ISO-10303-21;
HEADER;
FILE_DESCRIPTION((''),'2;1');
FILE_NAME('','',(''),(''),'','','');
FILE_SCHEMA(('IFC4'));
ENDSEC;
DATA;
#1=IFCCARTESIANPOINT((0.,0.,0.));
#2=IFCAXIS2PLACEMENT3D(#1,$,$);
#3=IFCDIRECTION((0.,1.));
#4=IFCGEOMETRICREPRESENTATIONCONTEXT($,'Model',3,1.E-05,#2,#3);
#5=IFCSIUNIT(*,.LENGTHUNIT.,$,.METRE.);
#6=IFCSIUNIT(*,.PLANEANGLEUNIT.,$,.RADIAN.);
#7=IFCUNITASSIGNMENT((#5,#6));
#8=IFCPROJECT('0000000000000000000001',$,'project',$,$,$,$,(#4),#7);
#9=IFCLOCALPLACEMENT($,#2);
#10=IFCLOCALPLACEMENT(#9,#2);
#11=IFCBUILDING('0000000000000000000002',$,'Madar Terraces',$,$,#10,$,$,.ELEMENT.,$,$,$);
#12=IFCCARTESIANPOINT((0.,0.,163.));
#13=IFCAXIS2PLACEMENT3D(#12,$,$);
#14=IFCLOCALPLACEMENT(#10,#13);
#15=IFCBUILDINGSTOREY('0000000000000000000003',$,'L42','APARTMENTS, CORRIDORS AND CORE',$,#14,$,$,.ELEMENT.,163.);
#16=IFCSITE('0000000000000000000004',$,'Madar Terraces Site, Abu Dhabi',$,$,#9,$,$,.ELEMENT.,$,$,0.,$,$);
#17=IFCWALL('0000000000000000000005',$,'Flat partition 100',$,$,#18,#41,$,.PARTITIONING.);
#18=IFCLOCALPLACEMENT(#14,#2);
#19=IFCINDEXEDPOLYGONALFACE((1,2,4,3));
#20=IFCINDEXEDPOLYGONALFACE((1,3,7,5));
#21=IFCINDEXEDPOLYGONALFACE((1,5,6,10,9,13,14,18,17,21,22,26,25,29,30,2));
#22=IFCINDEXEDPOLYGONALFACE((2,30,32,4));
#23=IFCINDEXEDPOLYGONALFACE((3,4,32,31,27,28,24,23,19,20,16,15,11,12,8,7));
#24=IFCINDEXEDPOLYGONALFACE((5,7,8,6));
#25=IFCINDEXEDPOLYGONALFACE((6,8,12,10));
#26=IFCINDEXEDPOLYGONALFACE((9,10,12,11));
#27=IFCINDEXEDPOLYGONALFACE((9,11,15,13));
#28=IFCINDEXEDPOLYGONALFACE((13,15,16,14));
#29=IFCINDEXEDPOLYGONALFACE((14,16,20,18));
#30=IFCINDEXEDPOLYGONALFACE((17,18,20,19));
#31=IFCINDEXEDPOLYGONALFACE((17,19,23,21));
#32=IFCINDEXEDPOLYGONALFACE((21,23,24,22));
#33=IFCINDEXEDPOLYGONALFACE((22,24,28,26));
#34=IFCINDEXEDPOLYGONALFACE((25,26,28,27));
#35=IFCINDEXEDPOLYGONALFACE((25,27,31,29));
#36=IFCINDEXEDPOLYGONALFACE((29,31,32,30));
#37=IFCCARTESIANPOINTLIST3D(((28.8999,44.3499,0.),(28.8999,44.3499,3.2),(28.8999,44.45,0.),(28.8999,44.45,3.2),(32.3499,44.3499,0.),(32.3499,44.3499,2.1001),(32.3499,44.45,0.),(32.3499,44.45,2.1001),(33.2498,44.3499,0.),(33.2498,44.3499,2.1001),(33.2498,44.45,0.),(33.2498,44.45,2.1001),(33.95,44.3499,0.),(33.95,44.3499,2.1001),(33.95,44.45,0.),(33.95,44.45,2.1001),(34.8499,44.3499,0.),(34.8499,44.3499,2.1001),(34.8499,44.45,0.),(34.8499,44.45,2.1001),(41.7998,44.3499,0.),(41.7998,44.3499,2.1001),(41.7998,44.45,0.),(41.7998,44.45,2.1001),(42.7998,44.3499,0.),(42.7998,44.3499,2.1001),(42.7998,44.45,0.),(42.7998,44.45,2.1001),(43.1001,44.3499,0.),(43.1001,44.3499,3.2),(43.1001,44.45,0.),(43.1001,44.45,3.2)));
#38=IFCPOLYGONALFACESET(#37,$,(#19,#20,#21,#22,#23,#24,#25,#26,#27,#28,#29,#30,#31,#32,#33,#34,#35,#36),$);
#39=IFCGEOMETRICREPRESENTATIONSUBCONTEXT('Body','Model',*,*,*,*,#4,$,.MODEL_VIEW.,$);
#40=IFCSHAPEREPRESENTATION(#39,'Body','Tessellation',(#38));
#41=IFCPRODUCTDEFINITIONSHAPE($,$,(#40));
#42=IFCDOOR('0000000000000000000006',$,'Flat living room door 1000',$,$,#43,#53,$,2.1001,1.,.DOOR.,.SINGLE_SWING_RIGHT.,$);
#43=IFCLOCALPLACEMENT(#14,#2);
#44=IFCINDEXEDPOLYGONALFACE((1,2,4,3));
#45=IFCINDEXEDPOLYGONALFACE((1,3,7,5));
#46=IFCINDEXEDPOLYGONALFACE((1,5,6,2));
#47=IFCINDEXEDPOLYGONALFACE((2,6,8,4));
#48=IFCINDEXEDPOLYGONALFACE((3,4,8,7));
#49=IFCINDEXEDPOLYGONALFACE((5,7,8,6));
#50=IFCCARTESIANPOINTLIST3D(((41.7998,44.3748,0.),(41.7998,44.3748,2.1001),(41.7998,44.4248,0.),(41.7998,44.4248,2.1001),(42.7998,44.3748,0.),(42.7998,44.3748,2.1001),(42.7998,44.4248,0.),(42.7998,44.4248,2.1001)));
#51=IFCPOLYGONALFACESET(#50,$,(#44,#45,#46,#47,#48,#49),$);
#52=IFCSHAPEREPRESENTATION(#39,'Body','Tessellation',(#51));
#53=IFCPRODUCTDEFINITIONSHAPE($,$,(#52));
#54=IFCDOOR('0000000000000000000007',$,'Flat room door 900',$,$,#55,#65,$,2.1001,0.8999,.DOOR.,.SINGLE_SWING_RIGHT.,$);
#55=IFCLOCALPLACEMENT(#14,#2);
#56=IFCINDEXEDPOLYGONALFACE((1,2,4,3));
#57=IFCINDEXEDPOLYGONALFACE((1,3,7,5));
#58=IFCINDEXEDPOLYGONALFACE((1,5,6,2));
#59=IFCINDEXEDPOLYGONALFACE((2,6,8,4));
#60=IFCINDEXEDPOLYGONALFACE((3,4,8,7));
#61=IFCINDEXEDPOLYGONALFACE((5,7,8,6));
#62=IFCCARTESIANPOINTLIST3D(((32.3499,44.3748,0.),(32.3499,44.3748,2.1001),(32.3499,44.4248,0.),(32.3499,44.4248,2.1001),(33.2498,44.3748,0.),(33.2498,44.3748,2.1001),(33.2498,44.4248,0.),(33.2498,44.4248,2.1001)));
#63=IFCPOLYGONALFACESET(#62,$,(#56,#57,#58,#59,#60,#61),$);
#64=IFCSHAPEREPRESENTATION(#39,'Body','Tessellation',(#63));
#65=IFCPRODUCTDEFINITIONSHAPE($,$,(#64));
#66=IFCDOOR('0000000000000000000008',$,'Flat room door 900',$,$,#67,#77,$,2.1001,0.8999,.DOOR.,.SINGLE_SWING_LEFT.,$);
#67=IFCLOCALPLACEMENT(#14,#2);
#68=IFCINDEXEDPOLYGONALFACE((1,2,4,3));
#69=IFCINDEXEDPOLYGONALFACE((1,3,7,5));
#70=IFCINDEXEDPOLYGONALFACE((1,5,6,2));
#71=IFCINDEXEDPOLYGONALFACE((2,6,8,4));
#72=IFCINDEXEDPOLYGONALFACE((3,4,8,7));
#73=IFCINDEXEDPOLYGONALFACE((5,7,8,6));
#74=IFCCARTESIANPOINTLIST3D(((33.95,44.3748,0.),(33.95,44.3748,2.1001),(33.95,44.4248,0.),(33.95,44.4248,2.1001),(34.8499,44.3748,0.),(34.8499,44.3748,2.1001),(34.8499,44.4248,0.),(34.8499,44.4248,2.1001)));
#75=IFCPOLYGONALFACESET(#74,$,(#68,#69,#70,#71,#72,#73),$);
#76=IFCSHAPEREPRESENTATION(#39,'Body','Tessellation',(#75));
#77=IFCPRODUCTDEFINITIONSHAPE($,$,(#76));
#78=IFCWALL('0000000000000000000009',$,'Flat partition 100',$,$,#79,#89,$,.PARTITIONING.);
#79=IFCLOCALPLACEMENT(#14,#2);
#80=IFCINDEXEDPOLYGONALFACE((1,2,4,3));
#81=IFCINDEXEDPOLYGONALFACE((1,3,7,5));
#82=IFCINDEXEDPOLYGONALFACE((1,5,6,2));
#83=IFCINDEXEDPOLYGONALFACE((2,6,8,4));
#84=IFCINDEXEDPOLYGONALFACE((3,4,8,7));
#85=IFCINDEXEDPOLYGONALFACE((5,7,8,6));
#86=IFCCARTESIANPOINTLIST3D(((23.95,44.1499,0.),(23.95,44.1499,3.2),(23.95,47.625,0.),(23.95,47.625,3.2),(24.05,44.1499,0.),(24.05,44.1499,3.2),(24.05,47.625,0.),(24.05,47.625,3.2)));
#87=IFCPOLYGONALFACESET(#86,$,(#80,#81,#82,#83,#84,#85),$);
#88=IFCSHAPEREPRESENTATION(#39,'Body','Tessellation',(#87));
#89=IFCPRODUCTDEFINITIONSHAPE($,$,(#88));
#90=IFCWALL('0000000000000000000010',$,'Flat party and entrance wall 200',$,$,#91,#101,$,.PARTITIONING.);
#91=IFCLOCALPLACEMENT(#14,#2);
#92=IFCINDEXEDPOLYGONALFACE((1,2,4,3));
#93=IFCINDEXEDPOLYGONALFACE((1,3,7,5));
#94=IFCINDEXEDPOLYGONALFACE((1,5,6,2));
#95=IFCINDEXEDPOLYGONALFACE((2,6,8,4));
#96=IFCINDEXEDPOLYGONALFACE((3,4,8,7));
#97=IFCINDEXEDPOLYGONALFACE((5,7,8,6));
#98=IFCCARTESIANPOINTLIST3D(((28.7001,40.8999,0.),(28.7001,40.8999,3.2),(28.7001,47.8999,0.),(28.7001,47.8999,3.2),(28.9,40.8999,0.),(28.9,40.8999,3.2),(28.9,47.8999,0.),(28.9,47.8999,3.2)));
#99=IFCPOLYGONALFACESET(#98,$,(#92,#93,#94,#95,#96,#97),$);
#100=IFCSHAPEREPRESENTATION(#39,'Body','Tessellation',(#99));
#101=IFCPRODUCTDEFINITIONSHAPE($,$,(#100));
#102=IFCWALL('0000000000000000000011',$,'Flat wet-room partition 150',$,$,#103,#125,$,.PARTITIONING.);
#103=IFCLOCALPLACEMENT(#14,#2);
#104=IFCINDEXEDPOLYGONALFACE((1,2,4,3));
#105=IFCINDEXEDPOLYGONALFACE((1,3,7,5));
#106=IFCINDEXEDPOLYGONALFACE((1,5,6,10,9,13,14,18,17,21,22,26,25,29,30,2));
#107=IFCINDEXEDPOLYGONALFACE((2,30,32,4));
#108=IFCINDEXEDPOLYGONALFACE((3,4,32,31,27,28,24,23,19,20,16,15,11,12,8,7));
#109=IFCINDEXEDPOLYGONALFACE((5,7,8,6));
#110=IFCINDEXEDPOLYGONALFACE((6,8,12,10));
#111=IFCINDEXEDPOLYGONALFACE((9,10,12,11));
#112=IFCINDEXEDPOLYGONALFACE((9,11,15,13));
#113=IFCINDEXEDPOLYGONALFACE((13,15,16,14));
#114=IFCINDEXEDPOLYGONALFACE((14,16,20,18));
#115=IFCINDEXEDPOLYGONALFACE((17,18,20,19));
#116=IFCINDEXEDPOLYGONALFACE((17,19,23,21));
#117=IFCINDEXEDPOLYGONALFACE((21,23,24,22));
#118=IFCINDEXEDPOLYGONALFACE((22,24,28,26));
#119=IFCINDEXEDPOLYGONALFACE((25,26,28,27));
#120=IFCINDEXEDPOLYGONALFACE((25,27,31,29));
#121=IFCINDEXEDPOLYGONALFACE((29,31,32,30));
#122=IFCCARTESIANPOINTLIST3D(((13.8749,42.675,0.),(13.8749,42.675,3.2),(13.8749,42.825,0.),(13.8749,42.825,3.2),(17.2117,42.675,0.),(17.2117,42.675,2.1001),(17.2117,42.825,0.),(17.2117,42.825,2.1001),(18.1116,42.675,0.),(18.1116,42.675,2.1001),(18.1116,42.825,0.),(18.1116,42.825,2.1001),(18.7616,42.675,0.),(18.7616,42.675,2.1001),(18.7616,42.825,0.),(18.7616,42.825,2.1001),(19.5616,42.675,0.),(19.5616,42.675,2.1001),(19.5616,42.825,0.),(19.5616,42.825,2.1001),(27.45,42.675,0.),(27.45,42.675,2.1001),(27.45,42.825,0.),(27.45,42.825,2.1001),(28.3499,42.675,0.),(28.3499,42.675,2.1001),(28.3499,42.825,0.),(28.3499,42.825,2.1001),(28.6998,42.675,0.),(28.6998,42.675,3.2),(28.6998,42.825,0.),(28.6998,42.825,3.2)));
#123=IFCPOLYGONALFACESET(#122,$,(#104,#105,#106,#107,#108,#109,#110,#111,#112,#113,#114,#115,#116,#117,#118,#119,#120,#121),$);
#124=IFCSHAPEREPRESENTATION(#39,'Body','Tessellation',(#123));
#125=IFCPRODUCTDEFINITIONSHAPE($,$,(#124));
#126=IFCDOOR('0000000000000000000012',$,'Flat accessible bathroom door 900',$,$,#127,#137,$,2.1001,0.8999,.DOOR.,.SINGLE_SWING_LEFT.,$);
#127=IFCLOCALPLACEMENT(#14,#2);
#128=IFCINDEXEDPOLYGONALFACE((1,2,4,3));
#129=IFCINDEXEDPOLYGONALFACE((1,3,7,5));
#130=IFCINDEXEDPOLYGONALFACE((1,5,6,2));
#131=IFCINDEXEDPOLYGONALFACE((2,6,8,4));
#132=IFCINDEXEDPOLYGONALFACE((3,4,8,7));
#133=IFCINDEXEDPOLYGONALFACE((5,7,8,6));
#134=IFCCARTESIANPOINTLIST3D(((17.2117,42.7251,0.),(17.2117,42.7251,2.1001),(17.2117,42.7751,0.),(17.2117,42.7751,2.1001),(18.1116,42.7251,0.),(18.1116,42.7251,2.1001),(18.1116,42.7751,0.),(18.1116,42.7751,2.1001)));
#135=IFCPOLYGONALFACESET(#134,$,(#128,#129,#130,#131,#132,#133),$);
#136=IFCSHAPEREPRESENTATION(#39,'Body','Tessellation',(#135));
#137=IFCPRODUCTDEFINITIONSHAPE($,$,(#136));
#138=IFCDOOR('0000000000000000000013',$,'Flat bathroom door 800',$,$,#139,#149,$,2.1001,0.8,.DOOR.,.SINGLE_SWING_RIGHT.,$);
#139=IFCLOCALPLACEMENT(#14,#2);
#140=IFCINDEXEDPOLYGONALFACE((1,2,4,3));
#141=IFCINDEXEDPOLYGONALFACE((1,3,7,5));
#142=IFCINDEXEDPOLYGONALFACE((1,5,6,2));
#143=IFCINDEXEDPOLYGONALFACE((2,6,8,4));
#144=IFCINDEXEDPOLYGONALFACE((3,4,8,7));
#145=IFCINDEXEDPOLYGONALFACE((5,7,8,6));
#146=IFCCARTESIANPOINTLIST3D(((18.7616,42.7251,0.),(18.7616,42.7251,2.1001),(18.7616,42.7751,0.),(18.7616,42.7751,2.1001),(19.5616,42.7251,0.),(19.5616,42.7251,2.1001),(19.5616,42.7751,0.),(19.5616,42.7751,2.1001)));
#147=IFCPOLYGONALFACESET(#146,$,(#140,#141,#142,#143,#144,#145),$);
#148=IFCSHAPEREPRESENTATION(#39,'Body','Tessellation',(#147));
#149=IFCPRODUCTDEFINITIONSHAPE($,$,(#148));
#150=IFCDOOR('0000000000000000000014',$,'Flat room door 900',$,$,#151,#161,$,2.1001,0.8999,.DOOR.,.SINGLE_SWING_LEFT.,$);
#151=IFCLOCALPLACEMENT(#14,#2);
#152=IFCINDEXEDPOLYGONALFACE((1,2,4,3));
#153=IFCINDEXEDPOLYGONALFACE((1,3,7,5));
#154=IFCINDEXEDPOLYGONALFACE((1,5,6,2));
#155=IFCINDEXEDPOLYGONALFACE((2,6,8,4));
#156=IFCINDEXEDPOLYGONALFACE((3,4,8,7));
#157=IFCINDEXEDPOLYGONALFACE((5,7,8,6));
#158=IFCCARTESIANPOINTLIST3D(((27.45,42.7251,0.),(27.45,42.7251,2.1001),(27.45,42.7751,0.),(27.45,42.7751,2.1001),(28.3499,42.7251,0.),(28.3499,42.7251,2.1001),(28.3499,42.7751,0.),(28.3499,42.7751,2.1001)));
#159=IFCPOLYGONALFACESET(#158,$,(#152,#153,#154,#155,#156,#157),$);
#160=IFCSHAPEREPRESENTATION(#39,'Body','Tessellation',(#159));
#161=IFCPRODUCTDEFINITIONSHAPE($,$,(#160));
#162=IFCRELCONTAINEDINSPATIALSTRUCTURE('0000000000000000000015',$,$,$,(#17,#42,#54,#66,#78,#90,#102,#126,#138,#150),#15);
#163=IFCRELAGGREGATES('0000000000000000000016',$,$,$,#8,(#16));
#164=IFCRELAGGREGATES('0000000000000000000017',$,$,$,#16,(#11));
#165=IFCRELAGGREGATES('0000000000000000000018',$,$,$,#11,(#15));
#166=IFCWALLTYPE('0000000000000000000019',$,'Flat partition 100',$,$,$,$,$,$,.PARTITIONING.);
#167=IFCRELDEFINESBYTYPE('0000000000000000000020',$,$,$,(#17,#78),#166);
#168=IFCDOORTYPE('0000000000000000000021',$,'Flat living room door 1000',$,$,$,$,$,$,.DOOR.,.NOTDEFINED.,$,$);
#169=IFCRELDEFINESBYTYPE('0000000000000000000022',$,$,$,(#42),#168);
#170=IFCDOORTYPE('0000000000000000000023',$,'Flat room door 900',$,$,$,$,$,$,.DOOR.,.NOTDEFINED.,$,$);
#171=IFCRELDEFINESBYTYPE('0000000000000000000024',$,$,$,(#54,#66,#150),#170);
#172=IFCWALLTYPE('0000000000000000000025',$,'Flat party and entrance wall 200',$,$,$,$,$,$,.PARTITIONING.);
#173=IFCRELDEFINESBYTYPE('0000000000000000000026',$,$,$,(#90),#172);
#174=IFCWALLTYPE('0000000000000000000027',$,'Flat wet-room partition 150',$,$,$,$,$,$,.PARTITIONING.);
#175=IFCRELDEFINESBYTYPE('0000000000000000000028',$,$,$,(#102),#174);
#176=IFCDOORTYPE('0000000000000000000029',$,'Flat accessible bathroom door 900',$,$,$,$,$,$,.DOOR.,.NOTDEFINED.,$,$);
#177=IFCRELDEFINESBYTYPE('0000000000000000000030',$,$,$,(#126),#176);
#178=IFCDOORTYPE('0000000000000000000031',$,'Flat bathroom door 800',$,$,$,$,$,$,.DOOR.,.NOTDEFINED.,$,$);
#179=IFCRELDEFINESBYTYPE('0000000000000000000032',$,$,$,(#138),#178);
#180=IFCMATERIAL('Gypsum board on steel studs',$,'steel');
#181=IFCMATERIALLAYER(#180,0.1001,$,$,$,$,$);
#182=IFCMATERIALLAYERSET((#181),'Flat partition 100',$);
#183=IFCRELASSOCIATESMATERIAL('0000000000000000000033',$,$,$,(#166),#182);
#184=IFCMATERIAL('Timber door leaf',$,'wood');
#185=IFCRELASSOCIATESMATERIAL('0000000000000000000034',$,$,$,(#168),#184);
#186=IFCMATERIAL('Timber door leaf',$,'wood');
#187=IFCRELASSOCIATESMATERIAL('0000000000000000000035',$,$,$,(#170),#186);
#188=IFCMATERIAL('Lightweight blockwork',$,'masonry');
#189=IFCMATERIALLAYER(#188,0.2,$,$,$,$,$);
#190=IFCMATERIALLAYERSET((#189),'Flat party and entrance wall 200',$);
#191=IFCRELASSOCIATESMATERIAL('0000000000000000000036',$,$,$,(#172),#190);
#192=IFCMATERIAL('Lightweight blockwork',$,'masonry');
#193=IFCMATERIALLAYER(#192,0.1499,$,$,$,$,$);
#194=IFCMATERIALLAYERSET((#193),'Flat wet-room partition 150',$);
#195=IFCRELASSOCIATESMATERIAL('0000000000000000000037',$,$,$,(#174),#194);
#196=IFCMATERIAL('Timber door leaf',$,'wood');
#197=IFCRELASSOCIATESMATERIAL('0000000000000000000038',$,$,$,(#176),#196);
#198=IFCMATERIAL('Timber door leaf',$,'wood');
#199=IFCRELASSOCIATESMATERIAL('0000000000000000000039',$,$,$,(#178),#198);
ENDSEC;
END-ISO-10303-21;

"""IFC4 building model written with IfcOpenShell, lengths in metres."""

from ifc_helpers import new_model, si_unit, direction, frame, frame_2d, origin, place, context, subcontext, project, spatial, rectangle, extrude, material, layer, layer_set, type_object, element, fill, save


model = new_model("IFC4")

# Units and contexts
model_context = context("Model", 3, precision=1e-05, world=origin(), true_north=direction((0.0, 1.0)))
body_context = subcontext(model_context, "Body", "Model", "MODEL_VIEW")
ifc_project = project(units=[si_unit("LENGTHUNIT", "METRE"), si_unit("PLANEANGLEUNIT", "RADIAN")], contexts=[model_context])

# Site, building, storey
site_placement = place(None, origin())
site = spatial("IfcSite", under=ifc_project, at=site_placement, Name="Madar Terraces Site, Abu Dhabi", CompositionType="ELEMENT", RefElevation=0.0)
building_placement = place(site_placement, origin())
building = spatial("IfcBuilding", under=site, at=building_placement, Name="Madar Terraces", CompositionType="ELEMENT")
storey_placement = place(building_placement, frame((0.0, 0.0, 163.0)))
storey = spatial("IfcBuildingStorey", under=building, at=storey_placement, Name="L42", Description="APARTMENTS, CORRIDORS AND CORE", CompositionType="ELEMENT", Elevation=163.0)

# Wall, openings, doors
ifc_material_1 = material(Name="Gypsum board on steel studs", Category="steel")
ifc_layer_1 = layer(ifc_material_1, 0.1001)
ifc_layer_set_1 = layer_set([ifc_layer_1], Name="Flat partition 100")
wall_type_1 = type_object("IfcWallType", Name="Flat partition 100", PredefinedType="PARTITIONING", material=ifc_layer_set_1)
wall_1_placement = place(storey_placement, frame((28.8999, 44.3999, 0.0), z_axis=(0.0, 0.0, 1.0), x_axis=(1.0, 0.0, 0.0)))
wall_1 = element("IfcWall", 1, at=wall_1_placement, inside=storey, type_object=wall_type_1, Name="Flat partition 100", PredefinedType="PARTITIONING", context=body_context, shape_type="SweptSolid", body=[
    extrude(rectangle(XDim=14.2002, YDim=0.1001, at=frame_2d((7.1001, 0.0))), origin(), (0.0, 0.0, 1.0), 3.2),
])
opening_1_placement = place(wall_1_placement, frame((3.45, 0.0, 0.0)))
opening_1 = element("IfcOpeningElement", 2, at=opening_1_placement, cuts=wall_1, PredefinedType="OPENING", context=body_context, shape_type="SweptSolid", body=[
    extrude(rectangle(XDim=0.8999, YDim=2.1001, at=frame_2d((0.45, 1.05))), frame((0.0, 0.0601, 0.0), z_axis=(0.0, -1.0, 0.0), x_axis=(1.0, 0.0, 0.0)), (0.0, 0.0, 1.0), 0.1201),
])
opening_2_placement = place(wall_1_placement, frame((5.05, 0.0, 0.0)))
opening_2 = element("IfcOpeningElement", 3, at=opening_2_placement, cuts=wall_1, PredefinedType="OPENING", context=body_context, shape_type="SweptSolid", body=[
    extrude(rectangle(XDim=0.8999, YDim=2.1001, at=frame_2d((0.45, 1.05))), frame((0.0, 0.0601, 0.0), z_axis=(0.0, -1.0, 0.0), x_axis=(1.0, 0.0, 0.0)), (0.0, 0.0, 1.0), 0.1201),
])
opening_3_placement = place(wall_1_placement, frame((12.8999, 0.0, 0.0)))
opening_3 = element("IfcOpeningElement", 4, at=opening_3_placement, cuts=wall_1, PredefinedType="OPENING", context=body_context, shape_type="SweptSolid", body=[
    extrude(rectangle(XDim=1.0, YDim=2.1001, at=frame_2d((0.5, 1.05))), frame((0.0, 0.0601, 0.0), z_axis=(0.0, -1.0, 0.0), x_axis=(1.0, 0.0, 0.0)), (0.0, 0.0, 1.0), 0.1201),
])
ifc_material_2 = material(Name="Timber door leaf", Category="wood")
door_type_1 = type_object("IfcDoorType", Name="Flat living room door 1000", OperationType="NOTDEFINED", PredefinedType="DOOR", material=ifc_material_2)
door_1_placement = place(opening_3_placement, origin())
door_1 = element("IfcDoor", 5, at=door_1_placement, inside=storey, type_object=door_type_1, Name="Flat living room door 1000", OperationType="SINGLE_SWING_RIGHT", OverallHeight=2.1001, OverallWidth=1.0, PredefinedType="DOOR", context=body_context, shape_type="SweptSolid", body=[
    extrude(rectangle(XDim=1.0, YDim=2.1001, at=frame_2d((0.5, 1.05))), frame((0.0, 0.0249, 0.0), z_axis=(0.0, -1.0, 0.0), x_axis=(1.0, 0.0, 0.0)), (0.0, 0.0, 1.0), 0.05),
])
fill(opening_3, door_1)
ifc_material_3 = material(Name="Timber door leaf", Category="wood")
door_type_2 = type_object("IfcDoorType", Name="Flat room door 900", OperationType="NOTDEFINED", PredefinedType="DOOR", material=ifc_material_3)
door_2_placement = place(opening_1_placement, origin())
door_2 = element("IfcDoor", 6, at=door_2_placement, inside=storey, type_object=door_type_2, Name="Flat room door 900", OperationType="SINGLE_SWING_RIGHT", OverallHeight=2.1001, OverallWidth=0.8999, PredefinedType="DOOR", context=body_context, shape_type="SweptSolid", body=[
    extrude(rectangle(XDim=0.8999, YDim=2.1001, at=frame_2d((0.45, 1.05))), frame((0.0, 0.0249, 0.0), z_axis=(0.0, -1.0, 0.0), x_axis=(1.0, 0.0, 0.0)), (0.0, 0.0, 1.0), 0.05),
])
fill(opening_1, door_2)
door_3_placement = place(opening_2_placement, origin())
door_3 = element("IfcDoor", 7, at=door_3_placement, inside=storey, type_object=door_type_2, Name="Flat room door 900", OperationType="SINGLE_SWING_LEFT", OverallHeight=2.1001, OverallWidth=0.8999, PredefinedType="DOOR", context=body_context, shape_type="SweptSolid", body=[
    extrude(rectangle(XDim=0.8999, YDim=2.1001, at=frame_2d((0.45, 1.05))), frame((0.0, 0.0249, 0.0), z_axis=(0.0, -1.0, 0.0), x_axis=(1.0, 0.0, 0.0)), (0.0, 0.0, 1.0), 0.05),
])
fill(opening_2, door_3)

# Walls
wall_2_placement = place(storey_placement, frame((24.0, 44.1499, 0.0), z_axis=(0.0, 0.0, 1.0), x_axis=(0.0, 1.0, 0.0)))
element("IfcWall", 8, at=wall_2_placement, inside=storey, type_object=wall_type_1, Name="Flat partition 100", PredefinedType="PARTITIONING", context=body_context, shape_type="SweptSolid", body=[
    extrude(rectangle(XDim=3.4751, YDim=0.1001, at=frame_2d((1.7375, 0.0))), origin(), (0.0, 0.0, 1.0), 3.2),
])
ifc_material_4 = material(Name="Lightweight blockwork", Category="masonry")
ifc_layer_2 = layer(ifc_material_4, 0.2)
ifc_layer_set_2 = layer_set([ifc_layer_2], Name="Flat party and entrance wall 200")
wall_type_2 = type_object("IfcWallType", Name="Flat party and entrance wall 200", PredefinedType="PARTITIONING", material=ifc_layer_set_2)
wall_3_placement = place(storey_placement, frame((28.8, 47.8999, 0.0), z_axis=(0.0, 0.0, 1.0), x_axis=(0.0, -1.0, 0.0)))
element("IfcWall", 9, at=wall_3_placement, inside=storey, type_object=wall_type_2, Name="Flat party and entrance wall 200", PredefinedType="PARTITIONING", context=body_context, shape_type="SweptSolid", body=[
    extrude(rectangle(XDim=7.0, YDim=0.2, at=frame_2d((3.5, 0.0))), origin(), (0.0, 0.0, 1.0), 3.2),
])

# Wall, openings, doors
ifc_material_5 = material(Name="Lightweight blockwork", Category="masonry")
ifc_layer_3 = layer(ifc_material_5, 0.1499)
ifc_layer_set_3 = layer_set([ifc_layer_3], Name="Flat wet-room partition 150")
wall_type_3 = type_object("IfcWallType", Name="Flat wet-room partition 150", PredefinedType="PARTITIONING", material=ifc_layer_set_3)
wall_4_placement = place(storey_placement, frame((28.7, 42.75, 0.0), z_axis=(0.0, 0.0, 1.0), x_axis=(-1.0, 0.0, 0.0)))
wall_4 = element("IfcWall", 10, at=wall_4_placement, inside=storey, type_object=wall_type_3, Name="Flat wet-room partition 150", PredefinedType="PARTITIONING", context=body_context, shape_type="SweptSolid", body=[
    extrude(rectangle(XDim=14.825, YDim=0.1499, at=frame_2d((7.4126, 0.0))), origin(), (0.0, 0.0, 1.0), 3.2),
])
opening_4_placement = place(wall_4_placement, frame((10.5884, 0.0, 0.0)))
opening_4 = element("IfcOpeningElement", 11, at=opening_4_placement, cuts=wall_4, PredefinedType="OPENING", context=body_context, shape_type="SweptSolid", body=[
    extrude(rectangle(XDim=0.8999, YDim=2.1001, at=frame_2d((0.45, 1.05))), frame((0.0, 0.085, 0.0), z_axis=(0.0, -1.0, 0.0), x_axis=(1.0, 0.0, 0.0)), (0.0, 0.0, 1.0), 0.1699),
])
opening_5_placement = place(wall_4_placement, frame((9.1384, 0.0, 0.0)))
opening_5 = element("IfcOpeningElement", 12, at=opening_5_placement, cuts=wall_4, PredefinedType="OPENING", context=body_context, shape_type="SweptSolid", body=[
    extrude(rectangle(XDim=0.8, YDim=2.1001, at=frame_2d((0.3999, 1.05))), frame((0.0, 0.085, 0.0), z_axis=(0.0, -1.0, 0.0), x_axis=(1.0, 0.0, 0.0)), (0.0, 0.0, 1.0), 0.1699),
])
opening_6_placement = place(wall_4_placement, frame((0.3501, 0.0, 0.0)))
opening_6 = element("IfcOpeningElement", 13, at=opening_6_placement, cuts=wall_4, PredefinedType="OPENING", context=body_context, shape_type="SweptSolid", body=[
    extrude(rectangle(XDim=0.8999, YDim=2.1001, at=frame_2d((0.45, 1.05))), frame((0.0, 0.085, 0.0), z_axis=(0.0, -1.0, 0.0), x_axis=(1.0, 0.0, 0.0)), (0.0, 0.0, 1.0), 0.1699),
])
ifc_material_6 = material(Name="Timber door leaf", Category="wood")
door_type_3 = type_object("IfcDoorType", Name="Flat accessible bathroom door 900", OperationType="NOTDEFINED", PredefinedType="DOOR", material=ifc_material_6)
door_4_placement = place(opening_4_placement, origin())
door_4 = element("IfcDoor", 14, at=door_4_placement, inside=storey, type_object=door_type_3, Name="Flat accessible bathroom door 900", OperationType="SINGLE_SWING_LEFT", OverallHeight=2.1001, OverallWidth=0.8999, PredefinedType="DOOR", context=body_context, shape_type="SweptSolid", body=[
    extrude(rectangle(XDim=0.8999, YDim=2.1001, at=frame_2d((0.45, 1.05))), frame((0.0, 0.0249, 0.0), z_axis=(0.0, -1.0, 0.0), x_axis=(1.0, 0.0, 0.0)), (0.0, 0.0, 1.0), 0.05),
])
fill(opening_4, door_4)
ifc_material_7 = material(Name="Timber door leaf", Category="wood")
door_type_4 = type_object("IfcDoorType", Name="Flat bathroom door 800", OperationType="NOTDEFINED", PredefinedType="DOOR", material=ifc_material_7)
door_5_placement = place(opening_5_placement, origin())
door_5 = element("IfcDoor", 15, at=door_5_placement, inside=storey, type_object=door_type_4, Name="Flat bathroom door 800", OperationType="SINGLE_SWING_RIGHT", OverallHeight=2.1001, OverallWidth=0.8, PredefinedType="DOOR", context=body_context, shape_type="SweptSolid", body=[
    extrude(rectangle(XDim=0.8, YDim=2.1001, at=frame_2d((0.3999, 1.05))), frame((0.0, 0.0249, 0.0), z_axis=(0.0, -1.0, 0.0), x_axis=(1.0, 0.0, 0.0)), (0.0, 0.0, 1.0), 0.05),
])
fill(opening_5, door_5)
door_6_placement = place(opening_6_placement, origin())
door_6 = element("IfcDoor", 16, at=door_6_placement, inside=storey, type_object=door_type_2, Name="Flat room door 900", OperationType="SINGLE_SWING_LEFT", OverallHeight=2.1001, OverallWidth=0.8999, PredefinedType="DOOR", context=body_context, shape_type="SweptSolid", body=[
    extrude(rectangle(XDim=0.8999, YDim=2.1001, at=frame_2d((0.45, 1.05))), frame((0.0, 0.0249, 0.0), z_axis=(0.0, -1.0, 0.0), x_axis=(1.0, 0.0, 0.0)), (0.0, 0.0, 1.0), 0.05),
])
fill(opening_6, door_6)

save(model, "model.ifc")
